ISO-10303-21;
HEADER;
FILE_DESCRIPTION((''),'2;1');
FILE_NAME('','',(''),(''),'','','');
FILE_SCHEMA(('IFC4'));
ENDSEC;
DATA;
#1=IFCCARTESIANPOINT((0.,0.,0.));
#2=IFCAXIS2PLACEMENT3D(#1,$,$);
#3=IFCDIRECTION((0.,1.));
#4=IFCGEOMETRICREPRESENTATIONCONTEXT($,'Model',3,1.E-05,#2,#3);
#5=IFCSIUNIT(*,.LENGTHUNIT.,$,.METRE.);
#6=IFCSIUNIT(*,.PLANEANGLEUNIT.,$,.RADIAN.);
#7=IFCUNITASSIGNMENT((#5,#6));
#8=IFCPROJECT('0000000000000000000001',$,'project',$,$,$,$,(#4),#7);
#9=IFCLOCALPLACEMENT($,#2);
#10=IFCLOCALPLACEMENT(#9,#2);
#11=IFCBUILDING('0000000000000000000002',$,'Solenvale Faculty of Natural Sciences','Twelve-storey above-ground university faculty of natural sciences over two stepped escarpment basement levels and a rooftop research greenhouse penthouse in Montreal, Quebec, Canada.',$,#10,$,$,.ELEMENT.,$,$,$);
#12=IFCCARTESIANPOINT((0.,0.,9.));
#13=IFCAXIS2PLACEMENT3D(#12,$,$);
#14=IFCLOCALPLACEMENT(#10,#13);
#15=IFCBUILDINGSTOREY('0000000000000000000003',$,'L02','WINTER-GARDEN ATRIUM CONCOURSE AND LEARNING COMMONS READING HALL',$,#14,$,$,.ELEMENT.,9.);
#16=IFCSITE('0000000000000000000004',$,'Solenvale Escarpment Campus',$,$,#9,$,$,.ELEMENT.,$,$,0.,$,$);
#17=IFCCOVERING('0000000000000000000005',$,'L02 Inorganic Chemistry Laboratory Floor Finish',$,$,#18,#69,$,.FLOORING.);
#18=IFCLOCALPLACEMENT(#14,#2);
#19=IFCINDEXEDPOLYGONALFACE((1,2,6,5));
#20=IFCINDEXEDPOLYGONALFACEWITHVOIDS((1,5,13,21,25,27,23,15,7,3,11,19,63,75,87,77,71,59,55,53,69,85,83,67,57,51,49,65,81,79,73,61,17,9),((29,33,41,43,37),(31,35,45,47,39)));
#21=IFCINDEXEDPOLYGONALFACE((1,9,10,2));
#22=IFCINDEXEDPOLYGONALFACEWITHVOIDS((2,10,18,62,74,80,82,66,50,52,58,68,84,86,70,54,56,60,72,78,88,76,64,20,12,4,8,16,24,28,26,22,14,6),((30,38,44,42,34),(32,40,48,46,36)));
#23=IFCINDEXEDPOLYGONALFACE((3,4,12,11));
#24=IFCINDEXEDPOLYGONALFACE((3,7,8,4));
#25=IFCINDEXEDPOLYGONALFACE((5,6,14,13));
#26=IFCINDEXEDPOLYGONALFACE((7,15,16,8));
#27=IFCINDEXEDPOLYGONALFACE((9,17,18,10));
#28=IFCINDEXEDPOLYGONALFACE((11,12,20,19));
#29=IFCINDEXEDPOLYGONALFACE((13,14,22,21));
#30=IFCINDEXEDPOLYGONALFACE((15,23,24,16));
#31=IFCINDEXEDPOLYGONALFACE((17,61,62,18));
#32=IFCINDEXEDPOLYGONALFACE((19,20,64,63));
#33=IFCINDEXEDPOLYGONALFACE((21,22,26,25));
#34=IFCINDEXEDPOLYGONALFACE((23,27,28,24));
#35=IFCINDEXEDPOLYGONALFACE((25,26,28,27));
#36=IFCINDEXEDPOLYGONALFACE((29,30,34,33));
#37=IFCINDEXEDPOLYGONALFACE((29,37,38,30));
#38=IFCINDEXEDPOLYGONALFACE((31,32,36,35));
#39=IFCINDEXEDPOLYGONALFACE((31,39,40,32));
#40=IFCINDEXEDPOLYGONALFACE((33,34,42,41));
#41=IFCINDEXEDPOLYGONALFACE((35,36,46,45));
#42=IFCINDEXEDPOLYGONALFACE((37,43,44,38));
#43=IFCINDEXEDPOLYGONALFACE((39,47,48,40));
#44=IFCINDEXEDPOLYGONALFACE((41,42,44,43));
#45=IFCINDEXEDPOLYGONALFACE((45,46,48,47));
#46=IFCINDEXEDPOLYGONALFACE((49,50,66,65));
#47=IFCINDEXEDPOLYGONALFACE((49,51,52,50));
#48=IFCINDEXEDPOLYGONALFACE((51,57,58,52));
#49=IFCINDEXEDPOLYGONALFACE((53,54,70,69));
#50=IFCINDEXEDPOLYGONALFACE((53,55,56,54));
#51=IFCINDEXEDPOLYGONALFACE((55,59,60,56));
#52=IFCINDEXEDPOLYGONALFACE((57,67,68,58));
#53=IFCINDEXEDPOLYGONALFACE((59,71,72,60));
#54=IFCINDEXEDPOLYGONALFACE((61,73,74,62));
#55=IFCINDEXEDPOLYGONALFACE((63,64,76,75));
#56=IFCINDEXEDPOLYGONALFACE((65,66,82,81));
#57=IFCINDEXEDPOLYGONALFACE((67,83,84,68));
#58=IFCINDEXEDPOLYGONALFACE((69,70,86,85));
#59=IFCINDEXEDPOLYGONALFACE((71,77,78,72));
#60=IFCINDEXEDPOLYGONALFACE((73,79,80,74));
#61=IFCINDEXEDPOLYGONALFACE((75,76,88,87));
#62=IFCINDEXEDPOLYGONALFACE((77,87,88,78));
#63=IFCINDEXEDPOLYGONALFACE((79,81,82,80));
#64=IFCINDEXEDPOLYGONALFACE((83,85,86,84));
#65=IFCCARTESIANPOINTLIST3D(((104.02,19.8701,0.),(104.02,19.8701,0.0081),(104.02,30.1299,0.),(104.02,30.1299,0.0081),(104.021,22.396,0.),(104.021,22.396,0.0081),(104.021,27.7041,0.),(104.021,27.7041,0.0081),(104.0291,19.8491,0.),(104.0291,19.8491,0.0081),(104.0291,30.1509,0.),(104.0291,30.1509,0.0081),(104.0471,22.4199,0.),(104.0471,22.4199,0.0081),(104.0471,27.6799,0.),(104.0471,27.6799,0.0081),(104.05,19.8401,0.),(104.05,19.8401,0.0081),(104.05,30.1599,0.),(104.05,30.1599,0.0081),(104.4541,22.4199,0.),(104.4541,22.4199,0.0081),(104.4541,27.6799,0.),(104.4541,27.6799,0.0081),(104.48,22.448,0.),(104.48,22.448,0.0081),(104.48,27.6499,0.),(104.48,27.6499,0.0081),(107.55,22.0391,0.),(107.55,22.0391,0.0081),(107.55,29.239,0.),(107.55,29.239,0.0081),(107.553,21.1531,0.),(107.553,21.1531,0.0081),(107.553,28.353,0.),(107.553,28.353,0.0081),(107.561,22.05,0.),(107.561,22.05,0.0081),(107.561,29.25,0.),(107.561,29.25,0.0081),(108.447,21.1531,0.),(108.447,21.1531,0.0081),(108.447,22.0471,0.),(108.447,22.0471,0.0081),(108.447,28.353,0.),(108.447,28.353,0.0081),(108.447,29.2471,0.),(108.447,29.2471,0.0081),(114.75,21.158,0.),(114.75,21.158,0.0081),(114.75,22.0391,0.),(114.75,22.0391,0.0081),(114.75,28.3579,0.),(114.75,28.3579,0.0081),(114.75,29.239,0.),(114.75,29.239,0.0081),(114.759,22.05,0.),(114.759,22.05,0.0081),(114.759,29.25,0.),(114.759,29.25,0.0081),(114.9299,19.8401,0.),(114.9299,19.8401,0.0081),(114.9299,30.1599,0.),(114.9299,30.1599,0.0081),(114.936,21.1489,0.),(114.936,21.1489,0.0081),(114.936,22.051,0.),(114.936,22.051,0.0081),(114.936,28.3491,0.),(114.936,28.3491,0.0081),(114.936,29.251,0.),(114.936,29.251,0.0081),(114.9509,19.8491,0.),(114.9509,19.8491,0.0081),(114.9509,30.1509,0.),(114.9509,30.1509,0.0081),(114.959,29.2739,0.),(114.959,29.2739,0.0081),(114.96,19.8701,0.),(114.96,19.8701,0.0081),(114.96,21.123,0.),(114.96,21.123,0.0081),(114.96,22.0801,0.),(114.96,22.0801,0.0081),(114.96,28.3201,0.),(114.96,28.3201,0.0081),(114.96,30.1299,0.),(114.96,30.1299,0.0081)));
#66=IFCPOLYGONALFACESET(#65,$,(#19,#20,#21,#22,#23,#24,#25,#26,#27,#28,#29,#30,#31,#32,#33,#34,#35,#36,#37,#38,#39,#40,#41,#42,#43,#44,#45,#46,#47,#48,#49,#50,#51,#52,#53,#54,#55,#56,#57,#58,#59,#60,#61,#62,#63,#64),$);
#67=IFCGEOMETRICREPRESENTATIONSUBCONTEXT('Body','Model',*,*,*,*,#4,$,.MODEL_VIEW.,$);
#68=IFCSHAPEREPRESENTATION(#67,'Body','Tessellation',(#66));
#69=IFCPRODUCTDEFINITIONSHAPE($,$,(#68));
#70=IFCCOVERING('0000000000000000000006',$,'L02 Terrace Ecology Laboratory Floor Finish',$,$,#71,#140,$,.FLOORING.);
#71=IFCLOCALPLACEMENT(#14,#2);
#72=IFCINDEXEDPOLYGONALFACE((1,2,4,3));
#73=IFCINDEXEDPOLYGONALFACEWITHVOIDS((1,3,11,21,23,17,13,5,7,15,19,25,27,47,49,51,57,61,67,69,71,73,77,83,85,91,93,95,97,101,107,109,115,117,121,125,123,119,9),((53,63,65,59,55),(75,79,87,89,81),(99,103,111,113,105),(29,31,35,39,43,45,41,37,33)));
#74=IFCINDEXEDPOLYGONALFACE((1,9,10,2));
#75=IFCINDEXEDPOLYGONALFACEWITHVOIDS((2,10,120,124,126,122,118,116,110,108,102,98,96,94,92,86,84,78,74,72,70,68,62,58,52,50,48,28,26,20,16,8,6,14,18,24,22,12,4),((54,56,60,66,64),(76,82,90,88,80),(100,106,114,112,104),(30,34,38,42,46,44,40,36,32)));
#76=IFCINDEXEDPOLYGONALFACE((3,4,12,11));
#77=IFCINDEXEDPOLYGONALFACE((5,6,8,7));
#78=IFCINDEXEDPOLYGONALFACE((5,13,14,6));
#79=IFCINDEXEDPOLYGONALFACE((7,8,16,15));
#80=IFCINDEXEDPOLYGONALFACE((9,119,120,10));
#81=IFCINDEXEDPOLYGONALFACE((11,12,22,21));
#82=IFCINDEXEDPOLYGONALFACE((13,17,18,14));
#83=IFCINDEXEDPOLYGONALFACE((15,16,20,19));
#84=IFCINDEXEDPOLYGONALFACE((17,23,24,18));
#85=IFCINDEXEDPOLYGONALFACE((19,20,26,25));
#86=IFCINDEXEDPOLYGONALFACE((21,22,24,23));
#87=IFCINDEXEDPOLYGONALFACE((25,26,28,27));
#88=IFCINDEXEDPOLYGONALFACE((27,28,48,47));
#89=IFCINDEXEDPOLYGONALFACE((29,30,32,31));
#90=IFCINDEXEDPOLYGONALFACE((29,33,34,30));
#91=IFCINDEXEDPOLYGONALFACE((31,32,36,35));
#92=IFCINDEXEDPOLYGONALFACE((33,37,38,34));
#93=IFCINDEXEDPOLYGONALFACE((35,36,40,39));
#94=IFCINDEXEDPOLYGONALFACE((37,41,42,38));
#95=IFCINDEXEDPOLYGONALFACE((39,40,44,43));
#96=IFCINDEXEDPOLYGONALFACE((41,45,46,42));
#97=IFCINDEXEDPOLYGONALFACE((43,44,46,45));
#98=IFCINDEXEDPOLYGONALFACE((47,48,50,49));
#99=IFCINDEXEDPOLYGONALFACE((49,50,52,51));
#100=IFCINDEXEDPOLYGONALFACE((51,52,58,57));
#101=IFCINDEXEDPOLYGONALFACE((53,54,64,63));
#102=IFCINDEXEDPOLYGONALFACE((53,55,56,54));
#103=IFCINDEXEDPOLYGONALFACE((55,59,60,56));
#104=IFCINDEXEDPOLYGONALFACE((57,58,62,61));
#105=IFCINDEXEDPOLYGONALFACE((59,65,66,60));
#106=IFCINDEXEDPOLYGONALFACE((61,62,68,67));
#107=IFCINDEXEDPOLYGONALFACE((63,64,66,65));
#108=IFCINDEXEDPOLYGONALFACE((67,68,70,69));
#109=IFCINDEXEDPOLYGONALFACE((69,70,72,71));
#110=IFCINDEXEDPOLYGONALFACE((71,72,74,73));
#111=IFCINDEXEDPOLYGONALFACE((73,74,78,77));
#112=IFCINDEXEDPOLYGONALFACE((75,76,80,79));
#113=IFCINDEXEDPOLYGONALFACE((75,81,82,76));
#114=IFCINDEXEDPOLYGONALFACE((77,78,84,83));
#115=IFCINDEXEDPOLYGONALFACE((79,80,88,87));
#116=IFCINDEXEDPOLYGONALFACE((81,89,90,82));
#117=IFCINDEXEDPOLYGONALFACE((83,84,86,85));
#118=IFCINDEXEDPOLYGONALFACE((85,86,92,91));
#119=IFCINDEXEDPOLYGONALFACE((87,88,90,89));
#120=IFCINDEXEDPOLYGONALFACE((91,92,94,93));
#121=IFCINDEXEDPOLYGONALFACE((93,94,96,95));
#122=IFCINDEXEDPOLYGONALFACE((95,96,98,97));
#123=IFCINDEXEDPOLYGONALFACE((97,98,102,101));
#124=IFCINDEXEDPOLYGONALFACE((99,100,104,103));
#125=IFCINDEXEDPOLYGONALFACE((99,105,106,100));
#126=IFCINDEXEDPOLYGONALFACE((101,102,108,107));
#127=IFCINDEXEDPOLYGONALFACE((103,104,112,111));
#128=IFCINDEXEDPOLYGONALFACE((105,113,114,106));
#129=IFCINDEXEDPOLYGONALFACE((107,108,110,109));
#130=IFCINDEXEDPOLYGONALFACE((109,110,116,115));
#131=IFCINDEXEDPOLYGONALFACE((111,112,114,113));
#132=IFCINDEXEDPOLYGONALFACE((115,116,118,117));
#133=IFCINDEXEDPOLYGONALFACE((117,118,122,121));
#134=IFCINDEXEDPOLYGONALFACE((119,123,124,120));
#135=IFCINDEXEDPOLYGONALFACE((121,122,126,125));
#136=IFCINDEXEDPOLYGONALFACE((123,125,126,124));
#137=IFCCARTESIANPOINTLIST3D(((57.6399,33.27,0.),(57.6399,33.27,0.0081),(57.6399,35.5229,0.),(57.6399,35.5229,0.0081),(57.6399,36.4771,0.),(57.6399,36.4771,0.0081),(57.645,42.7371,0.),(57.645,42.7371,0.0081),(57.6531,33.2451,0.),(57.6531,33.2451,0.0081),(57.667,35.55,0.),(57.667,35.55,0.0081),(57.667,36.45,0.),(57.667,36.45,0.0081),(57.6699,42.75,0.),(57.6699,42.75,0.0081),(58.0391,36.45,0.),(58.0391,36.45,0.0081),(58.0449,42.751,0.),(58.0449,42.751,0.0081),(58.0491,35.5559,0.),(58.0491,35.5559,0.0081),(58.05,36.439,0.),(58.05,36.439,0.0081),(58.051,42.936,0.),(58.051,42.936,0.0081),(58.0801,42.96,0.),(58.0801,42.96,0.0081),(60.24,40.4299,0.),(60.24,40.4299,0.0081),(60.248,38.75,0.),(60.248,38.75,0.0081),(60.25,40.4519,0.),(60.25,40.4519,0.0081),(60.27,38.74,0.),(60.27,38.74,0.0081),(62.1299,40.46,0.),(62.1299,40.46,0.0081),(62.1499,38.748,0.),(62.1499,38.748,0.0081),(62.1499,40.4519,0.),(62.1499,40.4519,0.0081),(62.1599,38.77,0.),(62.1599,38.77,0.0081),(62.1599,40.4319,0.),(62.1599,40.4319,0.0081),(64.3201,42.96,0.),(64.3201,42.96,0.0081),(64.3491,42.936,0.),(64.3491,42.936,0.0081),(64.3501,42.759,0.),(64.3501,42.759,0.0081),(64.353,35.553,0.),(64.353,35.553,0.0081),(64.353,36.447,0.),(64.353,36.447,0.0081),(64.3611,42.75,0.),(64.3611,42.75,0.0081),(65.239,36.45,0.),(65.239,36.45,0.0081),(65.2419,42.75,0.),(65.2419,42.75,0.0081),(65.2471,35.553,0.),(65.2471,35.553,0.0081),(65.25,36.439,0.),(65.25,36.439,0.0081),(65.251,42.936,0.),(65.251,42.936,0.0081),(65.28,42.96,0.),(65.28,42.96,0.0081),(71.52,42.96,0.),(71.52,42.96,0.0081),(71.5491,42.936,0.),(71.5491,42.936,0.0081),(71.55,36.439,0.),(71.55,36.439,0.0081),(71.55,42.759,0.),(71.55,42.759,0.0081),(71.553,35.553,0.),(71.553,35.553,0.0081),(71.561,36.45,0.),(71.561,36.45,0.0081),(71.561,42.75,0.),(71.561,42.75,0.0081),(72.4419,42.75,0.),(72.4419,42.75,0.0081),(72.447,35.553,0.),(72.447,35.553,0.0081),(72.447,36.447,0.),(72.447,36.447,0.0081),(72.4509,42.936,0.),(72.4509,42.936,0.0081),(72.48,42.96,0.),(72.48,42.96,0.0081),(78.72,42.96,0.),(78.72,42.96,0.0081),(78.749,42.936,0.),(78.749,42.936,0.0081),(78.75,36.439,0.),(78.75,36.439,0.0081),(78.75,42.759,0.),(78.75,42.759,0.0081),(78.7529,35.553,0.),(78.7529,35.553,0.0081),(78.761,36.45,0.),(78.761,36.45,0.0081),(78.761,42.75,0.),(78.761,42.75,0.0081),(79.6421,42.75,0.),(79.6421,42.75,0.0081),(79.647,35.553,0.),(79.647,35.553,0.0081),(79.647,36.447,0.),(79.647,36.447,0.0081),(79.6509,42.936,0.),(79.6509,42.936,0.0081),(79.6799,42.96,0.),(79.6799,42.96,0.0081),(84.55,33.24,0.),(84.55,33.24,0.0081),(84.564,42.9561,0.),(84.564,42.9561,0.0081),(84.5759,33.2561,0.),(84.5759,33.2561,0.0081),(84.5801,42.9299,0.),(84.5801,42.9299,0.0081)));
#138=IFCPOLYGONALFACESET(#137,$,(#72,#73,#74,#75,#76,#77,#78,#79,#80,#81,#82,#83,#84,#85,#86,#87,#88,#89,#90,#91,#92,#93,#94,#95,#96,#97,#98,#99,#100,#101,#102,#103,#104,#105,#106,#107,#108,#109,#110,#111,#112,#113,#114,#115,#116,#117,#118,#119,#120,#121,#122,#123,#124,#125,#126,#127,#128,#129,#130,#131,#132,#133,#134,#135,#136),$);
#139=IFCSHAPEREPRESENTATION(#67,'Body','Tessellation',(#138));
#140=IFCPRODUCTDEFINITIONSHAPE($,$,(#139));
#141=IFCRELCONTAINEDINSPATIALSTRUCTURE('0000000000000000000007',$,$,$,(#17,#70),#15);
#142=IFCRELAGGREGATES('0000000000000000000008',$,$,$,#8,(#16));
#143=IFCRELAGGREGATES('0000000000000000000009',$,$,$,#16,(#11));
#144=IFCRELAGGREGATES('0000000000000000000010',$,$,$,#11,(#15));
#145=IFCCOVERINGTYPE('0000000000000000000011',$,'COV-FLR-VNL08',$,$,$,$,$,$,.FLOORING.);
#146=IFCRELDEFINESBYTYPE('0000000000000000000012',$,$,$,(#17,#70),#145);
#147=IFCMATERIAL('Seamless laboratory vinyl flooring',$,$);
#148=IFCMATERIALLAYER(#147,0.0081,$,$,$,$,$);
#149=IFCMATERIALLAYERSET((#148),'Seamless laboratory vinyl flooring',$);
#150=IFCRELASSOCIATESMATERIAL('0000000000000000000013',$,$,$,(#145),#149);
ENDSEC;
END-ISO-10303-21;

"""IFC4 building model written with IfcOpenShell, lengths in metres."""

from ifc_helpers import new_model, si_unit, direction, frame, origin, place, context, subcontext, project, spatial, polyline, outline, extrude, material, layer, layer_set, type_object, element, save


model = new_model("IFC4")

# Units and contexts
model_context = context("Model", 3, precision=1e-05, world=origin(), true_north=direction((0.0, 1.0)))
body_context = subcontext(model_context, "Body", "Model", "MODEL_VIEW")
ifc_project = project(units=[si_unit("LENGTHUNIT", "METRE"), si_unit("PLANEANGLEUNIT", "RADIAN")], contexts=[model_context])

# Site, building, storey
site_placement = place(None, origin())
site = spatial("IfcSite", under=ifc_project, at=site_placement, Name="Solenvale Escarpment Campus", CompositionType="ELEMENT", RefElevation=0.0)
building_placement = place(site_placement, origin())
building = spatial("IfcBuilding", under=site, at=building_placement, Name="Solenvale Faculty of Natural Sciences", Description="Twelve-storey above-ground university faculty of natural sciences over two stepped escarpment basement levels and a rooftop research greenhouse penthouse in Montreal, Quebec, Canada.", CompositionType="ELEMENT")
storey_placement = place(building_placement, frame((0.0, 0.0, 9.0)))
storey = spatial("IfcBuildingStorey", under=building, at=storey_placement, Name="L02", Description="WINTER-GARDEN ATRIUM CONCOURSE AND LEARNING COMMONS READING HALL", CompositionType="ELEMENT", Elevation=9.0)

# Coverings
ifc_material_1 = material(Name="Seamless laboratory vinyl flooring")
ifc_layer_1 = layer(ifc_material_1, 0.0081)
ifc_layer_set_1 = layer_set([ifc_layer_1], Name="Seamless laboratory vinyl flooring")
covering_type_1 = type_object("IfcCoveringType", Name="COV-FLR-VNL08", PredefinedType="FLOORING", material=ifc_layer_set_1)
covering_1_placement = place(storey_placement, origin())
element("IfcCovering", 1, at=covering_1_placement, inside=storey, type_object=covering_type_1, Name="L02 Inorganic Chemistry Laboratory Floor Finish", PredefinedType="FLOORING", context=body_context, shape_type="SweptSolid", body=[
    extrude(outline(polyline([(104.05, 19.8401), (104.0291, 19.8491), (104.02, 19.8701), (104.021, 22.396), (104.0471, 22.4199), (104.4541, 22.4199), (104.48, 22.448), (104.48, 27.6499), (104.4541, 27.6799), (104.0471, 27.6799), (104.021, 27.7041), (104.02, 30.1299), (104.0291, 30.1509), (104.05, 30.1599), (114.9299, 30.1599), (114.9509, 30.1509), (114.96, 30.1299), (114.959, 29.2739), (114.936, 29.251), (114.759, 29.25), (114.75, 29.239), (114.75, 28.3579), (114.936, 28.3491), (114.96, 28.3201), (114.96, 22.0801), (114.936, 22.051), (114.759, 22.05), (114.75, 22.0391), (114.75, 21.158), (114.936, 21.1489), (114.96, 21.123), (114.96, 19.8701), (114.9509, 19.8491), (114.9299, 19.8401), (104.05, 19.8401)]), holes=[polyline([(107.561, 22.05), (107.55, 22.0391), (107.553, 21.1531), (108.447, 21.1531), (108.447, 22.0471), (107.561, 22.05)]), polyline([(107.561, 29.25), (107.55, 29.239), (107.553, 28.353), (108.447, 28.353), (108.447, 29.2471), (107.561, 29.25)])]), origin(), (0.0, 0.0, 1.0), 0.0081),
])
covering_2_placement = place(storey_placement, origin())
element("IfcCovering", 2, at=covering_2_placement, inside=storey, type_object=covering_type_1, Name="L02 Terrace Ecology Laboratory Floor Finish", PredefinedType="FLOORING", context=body_context, shape_type="SweptSolid", body=[
    extrude(outline(polyline([(64.3201, 42.96), (64.3491, 42.936), (64.3501, 42.759), (64.3611, 42.75), (65.2419, 42.75), (65.251, 42.936), (65.28, 42.96), (71.52, 42.96), (71.5491, 42.936), (71.55, 42.759), (71.561, 42.75), (72.4419, 42.75), (72.4509, 42.936), (72.48, 42.96), (78.72, 42.96), (78.749, 42.936), (78.75, 42.759), (78.761, 42.75), (79.6421, 42.75), (79.6509, 42.936), (79.6799, 42.96), (84.564, 42.9561), (84.5801, 42.9299), (84.5759, 33.2561), (84.55, 33.24), (57.6531, 33.2451), (57.6399, 33.27), (57.6399, 35.5229), (57.667, 35.55), (58.0491, 35.5559), (58.05, 36.439), (58.0391, 36.45), (57.667, 36.45), (57.6399, 36.4771), (57.645, 42.7371), (57.6699, 42.75), (58.0449, 42.751), (58.051, 42.936), (58.0801, 42.96), (64.3201, 42.96)]), holes=[polyline([(78.761, 36.45), (78.75, 36.439), (78.7529, 35.553), (79.647, 35.553), (79.647, 36.447), (78.761, 36.45)]), polyline([(71.561, 36.45), (71.55, 36.439), (71.553, 35.553), (72.447, 35.553), (72.447, 36.447), (71.561, 36.45)]), polyline([(65.25, 36.439), (65.239, 36.45), (64.353, 36.447), (64.353, 35.553), (65.2471, 35.553), (65.25, 36.439)]), polyline([(62.1599, 40.4319), (62.1499, 40.4519), (62.1299, 40.46), (60.25, 40.4519), (60.24, 40.4299), (60.248, 38.75), (60.27, 38.74), (62.1499, 38.748), (62.1599, 38.77), (62.1599, 40.4319)])]), origin(), (0.0, 0.0, 1.0), 0.0081),
])

save(model, "model.ifc")
